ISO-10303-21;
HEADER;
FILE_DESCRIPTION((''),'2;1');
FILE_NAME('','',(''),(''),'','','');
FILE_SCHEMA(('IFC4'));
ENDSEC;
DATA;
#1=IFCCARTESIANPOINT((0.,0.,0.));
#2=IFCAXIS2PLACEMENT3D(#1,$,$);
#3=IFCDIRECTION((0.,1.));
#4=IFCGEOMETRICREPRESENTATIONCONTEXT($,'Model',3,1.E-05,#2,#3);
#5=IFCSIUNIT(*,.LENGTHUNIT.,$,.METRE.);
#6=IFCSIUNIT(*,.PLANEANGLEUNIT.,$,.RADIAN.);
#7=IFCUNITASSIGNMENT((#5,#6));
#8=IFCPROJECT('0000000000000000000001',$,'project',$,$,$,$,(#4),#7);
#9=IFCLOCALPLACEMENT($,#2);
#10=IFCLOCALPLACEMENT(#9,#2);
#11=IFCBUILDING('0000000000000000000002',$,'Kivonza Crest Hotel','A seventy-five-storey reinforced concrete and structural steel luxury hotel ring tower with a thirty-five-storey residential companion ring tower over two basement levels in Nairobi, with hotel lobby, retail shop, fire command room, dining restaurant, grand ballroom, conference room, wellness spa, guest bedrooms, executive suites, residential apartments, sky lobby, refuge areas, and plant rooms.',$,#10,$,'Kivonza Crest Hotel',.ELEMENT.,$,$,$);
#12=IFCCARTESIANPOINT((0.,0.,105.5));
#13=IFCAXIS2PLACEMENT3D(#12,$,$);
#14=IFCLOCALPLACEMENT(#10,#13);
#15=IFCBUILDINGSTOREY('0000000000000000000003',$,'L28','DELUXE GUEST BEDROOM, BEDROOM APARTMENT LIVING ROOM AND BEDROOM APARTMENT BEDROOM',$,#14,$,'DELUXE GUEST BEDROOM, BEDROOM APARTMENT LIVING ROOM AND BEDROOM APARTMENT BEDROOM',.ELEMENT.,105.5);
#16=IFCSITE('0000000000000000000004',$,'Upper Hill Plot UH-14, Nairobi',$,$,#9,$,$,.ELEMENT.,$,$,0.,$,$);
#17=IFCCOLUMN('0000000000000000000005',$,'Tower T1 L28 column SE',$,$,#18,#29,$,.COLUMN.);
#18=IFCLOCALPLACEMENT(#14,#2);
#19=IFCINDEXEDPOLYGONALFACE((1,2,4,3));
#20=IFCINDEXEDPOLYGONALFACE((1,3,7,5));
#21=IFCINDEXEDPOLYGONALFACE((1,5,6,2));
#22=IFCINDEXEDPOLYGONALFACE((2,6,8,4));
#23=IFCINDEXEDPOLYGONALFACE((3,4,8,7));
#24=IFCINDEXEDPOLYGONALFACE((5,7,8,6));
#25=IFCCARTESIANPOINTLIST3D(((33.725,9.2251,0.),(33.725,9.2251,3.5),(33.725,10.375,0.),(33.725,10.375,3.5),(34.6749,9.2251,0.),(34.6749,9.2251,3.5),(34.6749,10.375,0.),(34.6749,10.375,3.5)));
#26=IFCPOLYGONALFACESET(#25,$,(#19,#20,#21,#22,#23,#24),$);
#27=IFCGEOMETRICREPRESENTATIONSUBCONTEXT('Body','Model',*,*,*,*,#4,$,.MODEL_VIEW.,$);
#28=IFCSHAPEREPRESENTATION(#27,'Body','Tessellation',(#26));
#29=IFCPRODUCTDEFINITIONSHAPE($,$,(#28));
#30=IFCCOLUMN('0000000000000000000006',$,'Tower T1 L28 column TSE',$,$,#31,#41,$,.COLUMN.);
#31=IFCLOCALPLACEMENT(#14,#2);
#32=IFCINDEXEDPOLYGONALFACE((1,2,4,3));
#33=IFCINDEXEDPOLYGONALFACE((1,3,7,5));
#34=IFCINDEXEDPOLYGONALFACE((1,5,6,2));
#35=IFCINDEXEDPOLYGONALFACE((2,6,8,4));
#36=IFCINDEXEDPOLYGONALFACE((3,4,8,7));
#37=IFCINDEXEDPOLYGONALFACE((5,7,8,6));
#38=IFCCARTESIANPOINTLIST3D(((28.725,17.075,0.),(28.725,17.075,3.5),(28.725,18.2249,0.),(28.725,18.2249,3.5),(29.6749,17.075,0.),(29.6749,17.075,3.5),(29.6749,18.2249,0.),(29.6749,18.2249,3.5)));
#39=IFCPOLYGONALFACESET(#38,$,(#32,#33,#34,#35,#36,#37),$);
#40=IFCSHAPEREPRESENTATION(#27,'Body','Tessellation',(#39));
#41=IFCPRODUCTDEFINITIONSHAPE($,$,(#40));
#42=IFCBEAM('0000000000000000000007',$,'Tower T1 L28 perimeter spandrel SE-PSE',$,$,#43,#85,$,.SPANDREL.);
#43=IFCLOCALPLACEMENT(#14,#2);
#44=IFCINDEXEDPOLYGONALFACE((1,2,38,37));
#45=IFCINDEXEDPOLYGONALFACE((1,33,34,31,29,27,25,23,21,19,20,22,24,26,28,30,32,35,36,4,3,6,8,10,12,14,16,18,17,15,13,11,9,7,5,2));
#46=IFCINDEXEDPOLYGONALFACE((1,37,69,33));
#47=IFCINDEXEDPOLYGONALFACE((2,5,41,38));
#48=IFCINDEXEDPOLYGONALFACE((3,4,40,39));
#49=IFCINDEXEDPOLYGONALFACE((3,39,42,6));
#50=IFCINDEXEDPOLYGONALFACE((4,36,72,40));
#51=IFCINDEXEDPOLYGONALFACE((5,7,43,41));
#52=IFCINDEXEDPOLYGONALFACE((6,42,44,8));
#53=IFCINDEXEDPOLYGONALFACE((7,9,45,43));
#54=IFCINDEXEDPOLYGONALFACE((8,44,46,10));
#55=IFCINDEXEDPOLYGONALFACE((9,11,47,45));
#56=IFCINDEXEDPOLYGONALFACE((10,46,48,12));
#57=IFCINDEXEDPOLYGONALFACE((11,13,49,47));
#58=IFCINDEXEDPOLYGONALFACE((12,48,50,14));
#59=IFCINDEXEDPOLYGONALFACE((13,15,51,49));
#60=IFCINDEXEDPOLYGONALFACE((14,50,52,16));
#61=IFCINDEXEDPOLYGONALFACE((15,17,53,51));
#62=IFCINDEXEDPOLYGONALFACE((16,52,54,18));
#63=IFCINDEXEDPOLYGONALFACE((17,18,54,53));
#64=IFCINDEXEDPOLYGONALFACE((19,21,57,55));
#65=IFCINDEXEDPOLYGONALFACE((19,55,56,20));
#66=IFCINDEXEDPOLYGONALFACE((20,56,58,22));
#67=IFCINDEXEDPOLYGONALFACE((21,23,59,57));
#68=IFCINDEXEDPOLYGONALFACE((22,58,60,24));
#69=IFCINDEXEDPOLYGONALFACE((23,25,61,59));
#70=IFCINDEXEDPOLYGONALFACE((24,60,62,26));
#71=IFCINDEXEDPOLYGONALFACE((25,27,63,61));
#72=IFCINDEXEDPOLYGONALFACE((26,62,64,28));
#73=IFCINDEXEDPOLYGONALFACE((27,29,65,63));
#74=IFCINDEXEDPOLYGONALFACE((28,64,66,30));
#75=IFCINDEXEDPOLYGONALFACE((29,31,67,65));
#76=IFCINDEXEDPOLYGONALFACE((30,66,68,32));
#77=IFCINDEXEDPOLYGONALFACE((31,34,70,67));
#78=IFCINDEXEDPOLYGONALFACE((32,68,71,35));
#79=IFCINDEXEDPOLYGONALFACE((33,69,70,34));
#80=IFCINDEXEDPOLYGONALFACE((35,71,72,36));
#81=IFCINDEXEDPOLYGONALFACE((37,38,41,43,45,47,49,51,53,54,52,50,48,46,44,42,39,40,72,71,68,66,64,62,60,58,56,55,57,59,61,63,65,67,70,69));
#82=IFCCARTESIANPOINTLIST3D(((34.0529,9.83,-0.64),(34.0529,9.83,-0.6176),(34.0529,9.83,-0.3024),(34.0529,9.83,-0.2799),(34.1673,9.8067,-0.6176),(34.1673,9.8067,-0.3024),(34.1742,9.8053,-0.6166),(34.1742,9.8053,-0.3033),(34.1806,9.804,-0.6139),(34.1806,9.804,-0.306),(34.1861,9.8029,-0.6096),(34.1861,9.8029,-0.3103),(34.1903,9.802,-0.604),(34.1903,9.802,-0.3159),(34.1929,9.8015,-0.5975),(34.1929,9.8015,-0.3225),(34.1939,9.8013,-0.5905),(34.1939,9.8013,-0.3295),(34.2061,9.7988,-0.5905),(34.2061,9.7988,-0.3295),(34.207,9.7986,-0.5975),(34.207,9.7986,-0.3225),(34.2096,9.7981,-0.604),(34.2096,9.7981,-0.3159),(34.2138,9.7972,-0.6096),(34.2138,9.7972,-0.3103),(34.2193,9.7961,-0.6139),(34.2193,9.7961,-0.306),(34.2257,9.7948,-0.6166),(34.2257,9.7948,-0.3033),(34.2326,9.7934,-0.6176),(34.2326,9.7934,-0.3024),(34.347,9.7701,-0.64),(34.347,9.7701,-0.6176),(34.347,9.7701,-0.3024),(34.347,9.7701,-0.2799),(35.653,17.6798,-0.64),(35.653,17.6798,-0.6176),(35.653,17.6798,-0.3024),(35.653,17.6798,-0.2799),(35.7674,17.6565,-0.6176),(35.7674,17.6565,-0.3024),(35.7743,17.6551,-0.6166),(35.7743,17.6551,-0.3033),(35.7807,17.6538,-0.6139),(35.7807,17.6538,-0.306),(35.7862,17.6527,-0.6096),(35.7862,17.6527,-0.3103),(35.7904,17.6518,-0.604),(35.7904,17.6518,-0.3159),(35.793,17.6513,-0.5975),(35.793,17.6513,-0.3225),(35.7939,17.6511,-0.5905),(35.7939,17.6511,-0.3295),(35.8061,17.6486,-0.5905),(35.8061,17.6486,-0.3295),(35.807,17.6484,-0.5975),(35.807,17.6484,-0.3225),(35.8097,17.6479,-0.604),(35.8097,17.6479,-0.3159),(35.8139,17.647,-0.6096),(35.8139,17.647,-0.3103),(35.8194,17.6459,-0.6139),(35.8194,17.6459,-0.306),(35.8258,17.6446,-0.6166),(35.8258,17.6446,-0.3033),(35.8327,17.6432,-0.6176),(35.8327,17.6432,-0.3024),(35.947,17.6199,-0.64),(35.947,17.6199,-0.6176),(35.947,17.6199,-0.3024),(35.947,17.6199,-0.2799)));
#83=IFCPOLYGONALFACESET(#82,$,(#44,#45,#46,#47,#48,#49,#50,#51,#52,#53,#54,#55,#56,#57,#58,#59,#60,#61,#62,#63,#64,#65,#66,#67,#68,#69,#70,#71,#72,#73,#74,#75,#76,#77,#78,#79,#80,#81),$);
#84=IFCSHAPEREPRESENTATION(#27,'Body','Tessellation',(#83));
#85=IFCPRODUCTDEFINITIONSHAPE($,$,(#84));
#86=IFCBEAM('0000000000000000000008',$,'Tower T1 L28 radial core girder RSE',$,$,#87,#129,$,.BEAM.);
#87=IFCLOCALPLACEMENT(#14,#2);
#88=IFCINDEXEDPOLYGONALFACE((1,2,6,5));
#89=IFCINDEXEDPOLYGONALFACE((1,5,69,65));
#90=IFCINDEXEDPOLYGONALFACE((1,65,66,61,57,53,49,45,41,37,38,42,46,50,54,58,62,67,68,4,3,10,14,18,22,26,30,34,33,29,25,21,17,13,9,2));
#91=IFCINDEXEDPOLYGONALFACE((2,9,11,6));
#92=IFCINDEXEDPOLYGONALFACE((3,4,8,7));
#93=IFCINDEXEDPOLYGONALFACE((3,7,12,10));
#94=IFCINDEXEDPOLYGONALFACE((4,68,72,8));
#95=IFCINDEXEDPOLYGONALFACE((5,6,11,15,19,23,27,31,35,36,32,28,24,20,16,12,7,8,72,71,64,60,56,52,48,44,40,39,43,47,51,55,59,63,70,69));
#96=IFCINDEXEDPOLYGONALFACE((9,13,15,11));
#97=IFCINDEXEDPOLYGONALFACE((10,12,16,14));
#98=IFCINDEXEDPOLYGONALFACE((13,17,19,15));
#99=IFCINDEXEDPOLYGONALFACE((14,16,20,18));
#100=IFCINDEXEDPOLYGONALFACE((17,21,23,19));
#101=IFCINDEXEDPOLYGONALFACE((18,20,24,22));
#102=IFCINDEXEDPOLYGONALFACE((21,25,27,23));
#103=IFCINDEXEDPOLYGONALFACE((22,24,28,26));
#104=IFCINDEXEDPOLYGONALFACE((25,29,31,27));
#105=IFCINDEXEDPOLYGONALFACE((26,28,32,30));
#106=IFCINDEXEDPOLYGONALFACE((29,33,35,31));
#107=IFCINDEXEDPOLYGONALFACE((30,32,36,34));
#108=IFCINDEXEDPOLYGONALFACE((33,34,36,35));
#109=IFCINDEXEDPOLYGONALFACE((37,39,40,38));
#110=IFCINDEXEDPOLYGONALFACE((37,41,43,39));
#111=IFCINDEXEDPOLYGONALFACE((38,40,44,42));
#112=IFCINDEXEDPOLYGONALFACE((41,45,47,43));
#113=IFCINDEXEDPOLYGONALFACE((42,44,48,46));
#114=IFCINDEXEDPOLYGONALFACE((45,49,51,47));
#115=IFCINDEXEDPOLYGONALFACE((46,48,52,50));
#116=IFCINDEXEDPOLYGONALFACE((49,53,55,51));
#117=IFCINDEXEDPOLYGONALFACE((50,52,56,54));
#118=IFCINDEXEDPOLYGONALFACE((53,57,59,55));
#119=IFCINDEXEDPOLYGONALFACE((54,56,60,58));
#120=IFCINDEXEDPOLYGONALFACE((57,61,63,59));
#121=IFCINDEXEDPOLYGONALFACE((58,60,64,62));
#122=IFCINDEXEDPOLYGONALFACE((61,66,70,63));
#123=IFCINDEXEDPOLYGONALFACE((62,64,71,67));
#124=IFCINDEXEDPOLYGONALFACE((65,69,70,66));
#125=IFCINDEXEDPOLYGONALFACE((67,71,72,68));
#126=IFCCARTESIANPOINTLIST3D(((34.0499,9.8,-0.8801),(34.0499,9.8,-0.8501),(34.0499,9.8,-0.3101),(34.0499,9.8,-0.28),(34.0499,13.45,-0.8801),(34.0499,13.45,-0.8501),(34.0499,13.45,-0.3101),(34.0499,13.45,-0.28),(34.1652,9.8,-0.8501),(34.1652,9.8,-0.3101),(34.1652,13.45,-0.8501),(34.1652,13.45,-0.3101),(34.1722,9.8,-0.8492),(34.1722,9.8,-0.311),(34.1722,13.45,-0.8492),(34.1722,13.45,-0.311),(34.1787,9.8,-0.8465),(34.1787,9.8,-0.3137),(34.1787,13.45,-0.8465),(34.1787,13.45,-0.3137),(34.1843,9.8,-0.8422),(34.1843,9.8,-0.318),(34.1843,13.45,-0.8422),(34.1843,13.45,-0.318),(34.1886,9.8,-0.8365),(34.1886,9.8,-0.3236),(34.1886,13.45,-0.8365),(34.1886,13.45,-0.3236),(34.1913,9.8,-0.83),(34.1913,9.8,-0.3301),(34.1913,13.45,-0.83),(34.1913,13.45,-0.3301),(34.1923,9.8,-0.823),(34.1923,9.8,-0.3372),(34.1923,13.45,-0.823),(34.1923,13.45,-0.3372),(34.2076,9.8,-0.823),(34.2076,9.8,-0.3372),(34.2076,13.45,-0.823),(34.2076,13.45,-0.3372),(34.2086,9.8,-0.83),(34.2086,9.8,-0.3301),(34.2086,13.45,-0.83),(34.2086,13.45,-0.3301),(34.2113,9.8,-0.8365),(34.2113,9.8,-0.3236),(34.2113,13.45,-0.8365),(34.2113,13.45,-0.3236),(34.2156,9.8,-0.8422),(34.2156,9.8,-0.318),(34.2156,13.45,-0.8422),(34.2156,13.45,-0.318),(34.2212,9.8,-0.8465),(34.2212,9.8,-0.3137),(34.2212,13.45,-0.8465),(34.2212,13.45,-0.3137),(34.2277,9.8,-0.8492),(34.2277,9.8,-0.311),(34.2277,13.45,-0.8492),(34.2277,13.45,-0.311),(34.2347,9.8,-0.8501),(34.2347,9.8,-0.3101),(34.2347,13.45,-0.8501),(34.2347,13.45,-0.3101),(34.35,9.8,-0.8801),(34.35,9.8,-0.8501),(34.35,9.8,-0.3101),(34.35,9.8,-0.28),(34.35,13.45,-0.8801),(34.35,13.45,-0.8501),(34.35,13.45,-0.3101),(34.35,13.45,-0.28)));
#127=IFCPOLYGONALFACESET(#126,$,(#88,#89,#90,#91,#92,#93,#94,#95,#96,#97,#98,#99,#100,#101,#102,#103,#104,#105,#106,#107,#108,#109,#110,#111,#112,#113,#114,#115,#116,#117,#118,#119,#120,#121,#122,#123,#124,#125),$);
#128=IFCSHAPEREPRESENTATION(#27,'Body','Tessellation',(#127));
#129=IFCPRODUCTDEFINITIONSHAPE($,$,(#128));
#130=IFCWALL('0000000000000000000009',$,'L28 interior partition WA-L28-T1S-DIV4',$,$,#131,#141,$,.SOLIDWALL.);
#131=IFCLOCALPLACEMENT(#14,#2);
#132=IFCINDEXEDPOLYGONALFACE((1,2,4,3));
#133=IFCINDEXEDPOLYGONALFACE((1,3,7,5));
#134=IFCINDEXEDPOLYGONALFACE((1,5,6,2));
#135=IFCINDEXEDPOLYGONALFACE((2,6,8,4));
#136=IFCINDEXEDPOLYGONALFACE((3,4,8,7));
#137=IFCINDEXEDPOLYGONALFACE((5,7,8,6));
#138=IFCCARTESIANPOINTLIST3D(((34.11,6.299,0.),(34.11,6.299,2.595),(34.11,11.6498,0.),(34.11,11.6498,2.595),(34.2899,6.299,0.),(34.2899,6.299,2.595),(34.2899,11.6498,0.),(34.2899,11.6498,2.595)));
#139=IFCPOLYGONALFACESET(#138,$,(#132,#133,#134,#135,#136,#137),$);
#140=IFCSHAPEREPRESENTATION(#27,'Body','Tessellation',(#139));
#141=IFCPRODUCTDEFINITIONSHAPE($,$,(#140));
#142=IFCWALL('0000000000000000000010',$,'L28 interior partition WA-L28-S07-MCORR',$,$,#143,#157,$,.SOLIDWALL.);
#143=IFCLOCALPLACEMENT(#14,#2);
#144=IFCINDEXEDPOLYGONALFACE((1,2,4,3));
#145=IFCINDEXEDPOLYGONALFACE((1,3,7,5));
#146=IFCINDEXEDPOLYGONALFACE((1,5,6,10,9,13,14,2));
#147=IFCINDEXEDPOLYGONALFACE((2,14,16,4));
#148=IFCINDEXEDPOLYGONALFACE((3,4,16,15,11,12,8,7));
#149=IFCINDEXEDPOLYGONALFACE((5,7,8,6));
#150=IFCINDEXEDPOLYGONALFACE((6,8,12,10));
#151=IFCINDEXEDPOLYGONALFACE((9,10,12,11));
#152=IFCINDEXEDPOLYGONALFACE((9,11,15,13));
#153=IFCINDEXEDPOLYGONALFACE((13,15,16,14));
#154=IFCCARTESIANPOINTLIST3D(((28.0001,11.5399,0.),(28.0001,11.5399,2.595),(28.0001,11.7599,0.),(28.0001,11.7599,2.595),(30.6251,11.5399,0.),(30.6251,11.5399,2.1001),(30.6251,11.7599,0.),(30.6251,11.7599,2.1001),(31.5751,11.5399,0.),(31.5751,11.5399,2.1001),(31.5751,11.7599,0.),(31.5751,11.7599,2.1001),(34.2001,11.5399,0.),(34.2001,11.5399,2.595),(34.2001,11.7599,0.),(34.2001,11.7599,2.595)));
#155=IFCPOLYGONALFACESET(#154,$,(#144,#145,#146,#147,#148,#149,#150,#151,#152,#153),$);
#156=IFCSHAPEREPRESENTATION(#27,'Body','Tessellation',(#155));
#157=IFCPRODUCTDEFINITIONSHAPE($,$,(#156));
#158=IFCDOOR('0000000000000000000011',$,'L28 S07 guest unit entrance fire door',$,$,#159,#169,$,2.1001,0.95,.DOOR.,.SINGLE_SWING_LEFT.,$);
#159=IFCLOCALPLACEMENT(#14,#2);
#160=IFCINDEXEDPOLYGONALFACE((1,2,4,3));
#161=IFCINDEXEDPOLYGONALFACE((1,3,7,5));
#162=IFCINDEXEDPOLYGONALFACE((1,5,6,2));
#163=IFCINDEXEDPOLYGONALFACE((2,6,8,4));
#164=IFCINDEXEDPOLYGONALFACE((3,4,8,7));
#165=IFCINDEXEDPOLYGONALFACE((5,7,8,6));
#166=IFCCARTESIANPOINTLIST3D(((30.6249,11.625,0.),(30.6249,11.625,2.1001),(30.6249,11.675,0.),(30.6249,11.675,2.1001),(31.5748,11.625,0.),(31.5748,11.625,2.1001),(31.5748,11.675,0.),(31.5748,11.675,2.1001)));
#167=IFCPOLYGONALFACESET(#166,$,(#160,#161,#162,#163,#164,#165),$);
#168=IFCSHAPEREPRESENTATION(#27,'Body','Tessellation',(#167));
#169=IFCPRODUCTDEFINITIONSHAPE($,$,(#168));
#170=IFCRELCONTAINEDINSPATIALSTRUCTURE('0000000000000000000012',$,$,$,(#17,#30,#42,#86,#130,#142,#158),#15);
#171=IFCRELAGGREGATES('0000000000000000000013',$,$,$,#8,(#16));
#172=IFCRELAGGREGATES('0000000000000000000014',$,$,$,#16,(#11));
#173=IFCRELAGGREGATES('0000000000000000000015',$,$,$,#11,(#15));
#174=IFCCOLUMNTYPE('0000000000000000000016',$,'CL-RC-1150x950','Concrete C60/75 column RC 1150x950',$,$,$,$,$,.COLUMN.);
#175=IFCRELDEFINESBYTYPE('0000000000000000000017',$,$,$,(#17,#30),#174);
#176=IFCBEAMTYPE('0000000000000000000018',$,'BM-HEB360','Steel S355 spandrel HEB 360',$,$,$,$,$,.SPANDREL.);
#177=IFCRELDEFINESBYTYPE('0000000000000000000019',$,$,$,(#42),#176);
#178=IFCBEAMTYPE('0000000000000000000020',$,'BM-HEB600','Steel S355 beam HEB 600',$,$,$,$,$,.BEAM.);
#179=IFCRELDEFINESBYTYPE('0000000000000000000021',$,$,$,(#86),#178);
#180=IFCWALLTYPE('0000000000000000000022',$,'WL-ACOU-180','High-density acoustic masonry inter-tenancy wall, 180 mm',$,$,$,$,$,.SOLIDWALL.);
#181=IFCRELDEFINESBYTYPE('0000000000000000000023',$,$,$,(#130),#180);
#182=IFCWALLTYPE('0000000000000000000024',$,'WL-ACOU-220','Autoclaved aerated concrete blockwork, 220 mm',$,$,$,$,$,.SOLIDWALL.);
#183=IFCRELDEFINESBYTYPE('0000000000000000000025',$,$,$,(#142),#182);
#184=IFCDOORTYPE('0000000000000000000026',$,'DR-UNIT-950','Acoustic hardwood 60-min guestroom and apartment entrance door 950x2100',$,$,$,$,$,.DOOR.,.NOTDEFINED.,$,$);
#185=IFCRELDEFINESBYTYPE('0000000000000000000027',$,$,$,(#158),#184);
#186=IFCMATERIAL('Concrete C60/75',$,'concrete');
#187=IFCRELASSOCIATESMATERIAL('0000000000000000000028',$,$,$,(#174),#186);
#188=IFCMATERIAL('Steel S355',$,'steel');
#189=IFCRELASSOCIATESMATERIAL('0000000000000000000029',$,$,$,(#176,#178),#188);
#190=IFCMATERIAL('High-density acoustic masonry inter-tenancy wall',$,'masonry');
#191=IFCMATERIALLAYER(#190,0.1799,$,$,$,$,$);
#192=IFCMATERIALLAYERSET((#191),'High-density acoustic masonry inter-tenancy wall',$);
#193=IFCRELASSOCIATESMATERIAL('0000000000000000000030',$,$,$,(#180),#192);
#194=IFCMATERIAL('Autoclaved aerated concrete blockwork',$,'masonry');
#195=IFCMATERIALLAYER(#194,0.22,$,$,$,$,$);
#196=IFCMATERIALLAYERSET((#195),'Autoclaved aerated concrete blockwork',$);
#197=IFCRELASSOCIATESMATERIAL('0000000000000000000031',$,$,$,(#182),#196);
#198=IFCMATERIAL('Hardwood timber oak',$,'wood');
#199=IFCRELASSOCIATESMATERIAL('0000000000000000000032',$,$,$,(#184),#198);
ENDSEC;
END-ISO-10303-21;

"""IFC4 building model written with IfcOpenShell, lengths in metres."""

from ifc_helpers import new_model, si_unit, direction, frame, frame_2d, origin, origin_2d, place, context, subcontext, project, spatial, rectangle, i_section, extrude, material, layer, layer_set, material_profile, profile_set, type_object, element, fill, save


model = new_model("IFC4")

# Units and contexts
model_context = context("Model", 3, precision=1e-05, world=origin(), true_north=direction((0.0, 1.0)))
body_context = subcontext(model_context, "Body", "Model", "MODEL_VIEW")
ifc_project = project(units=[si_unit("LENGTHUNIT", "METRE"), si_unit("PLANEANGLEUNIT", "RADIAN")], contexts=[model_context])

# Site, building, storey
site_placement = place(None, origin())
site = spatial("IfcSite", under=ifc_project, at=site_placement, Name="Upper Hill Plot UH-14, Nairobi", CompositionType="ELEMENT", RefElevation=0.0)
building_placement = place(site_placement, origin())
building = spatial("IfcBuilding", under=site, at=building_placement, Name="Kivonza Crest Hotel", Description="A seventy-five-storey reinforced concrete and structural steel luxury hotel ring tower with a thirty-five-storey residential companion ring tower over two basement levels in Nairobi, with hotel lobby, retail shop, fire command room, dining restaurant, grand ballroom, conference room, wellness spa, guest bedrooms, executive suites, residential apartments, sky lobby, refuge areas, and plant rooms.", LongName="Kivonza Crest Hotel", CompositionType="ELEMENT")
storey_placement = place(building_placement, frame((0.0, 0.0, 105.5)))
storey = spatial("IfcBuildingStorey", under=building, at=storey_placement, Name="L28", Description="DELUXE GUEST BEDROOM, BEDROOM APARTMENT LIVING ROOM AND BEDROOM APARTMENT BEDROOM", LongName="DELUXE GUEST BEDROOM, BEDROOM APARTMENT LIVING ROOM AND BEDROOM APARTMENT BEDROOM", CompositionType="ELEMENT", Elevation=105.5)

# Columns
ifc_material_1 = material(Name="Concrete C60/75", Category="concrete")
ifc_material_profile_1 = material_profile(ifc_material_1, rectangle(XDim=0.95, YDim=1.1499, at=origin_2d()), Name="RC 1150x950")
ifc_profile_set_1 = profile_set([ifc_material_profile_1], Name="Concrete C60/75")
column_type = type_object("IfcColumnType", Name="CL-RC-1150x950", Description="Concrete C60/75 column RC 1150x950", PredefinedType="COLUMN", material=ifc_profile_set_1)
for number, where, z_axis, x_axis, name in (
    (1, (34.2, 9.8, 0.0), (0.0, 0.0, 1.0), (1.0, 0.0, 0.0), "Tower T1 L28 column SE"),
    (2, (29.2, 17.6499, 0.0), (0.0, 0.0, 1.0), (1.0, 0.0, 0.0), "Tower T1 L28 column TSE"),
):
    element("IfcColumn", number, at=place(storey_placement, frame(where, z_axis=z_axis, x_axis=x_axis)), inside=storey, type_object=column_type, Name=name, PredefinedType="COLUMN", context=body_context, shape_type="SweptSolid", body=[
        extrude(rectangle(XDim=0.95, YDim=1.1499, at=origin_2d()), origin(), (0.0, 0.0, 1.0), 3.5),
    ])

# Beams
ifc_material_2 = material(Name="Steel S355", Category="steel")
ifc_material_profile_2 = material_profile(ifc_material_2, i_section(OverallWidth=0.3, OverallDepth=0.3601, WebThickness=0.0125, FlangeThickness=0.0225, FilletRadius=0.0271, at=origin_2d()), Name="HEB 360")
ifc_profile_set_2 = profile_set([ifc_material_profile_2], Name="Steel S355")
beam_type_1 = type_object("IfcBeamType", Name="BM-HEB360", Description="Steel S355 spandrel HEB 360", PredefinedType="SPANDREL", material=ifc_profile_set_2)
beam_1_placement = place(storey_placement, frame((34.2, 9.8, -0.46), z_axis=(0.199731, 0.979851, 0.0), x_axis=(-0.979851, 0.199731, 0.0)))
element("IfcBeam", 3, at=beam_1_placement, inside=storey, type_object=beam_type_1, Name="Tower T1 L28 perimeter spandrel SE-PSE", PredefinedType="SPANDREL", context=body_context, shape_type="SweptSolid", body=[
    extrude(i_section(OverallWidth=0.3, OverallDepth=0.3601, WebThickness=0.0125, FlangeThickness=0.0225, FilletRadius=0.0271, at=origin_2d()), origin(), (0.0, 0.0, 1.0), 8.0112),
])
ifc_material_profile_3 = material_profile(ifc_material_2, i_section(OverallWidth=0.3, OverallDepth=0.6001, WebThickness=0.0154, FlangeThickness=0.03, FilletRadius=0.0271, at=origin_2d()), Name="HEB 600")
ifc_profile_set_3 = profile_set([ifc_material_profile_3], Name="Steel S355")
beam_type_2 = type_object("IfcBeamType", Name="BM-HEB600", Description="Steel S355 beam HEB 600", PredefinedType="BEAM", material=ifc_profile_set_3)
beam_2_placement = place(storey_placement, frame((34.2, 9.8, -0.5801), z_axis=(0.0, 1.0, 0.0), x_axis=(-1.0, 0.0, 0.0)))
element("IfcBeam", 4, at=beam_2_placement, inside=storey, type_object=beam_type_2, Name="Tower T1 L28 radial core girder RSE", PredefinedType="BEAM", context=body_context, shape_type="SweptSolid", body=[
    extrude(i_section(OverallWidth=0.3, OverallDepth=0.6001, WebThickness=0.0154, FlangeThickness=0.03, FilletRadius=0.0271, at=origin_2d()), origin(), (0.0, 0.0, 1.0), 3.6499),
])

# Wall
ifc_material_3 = material(Name="High-density acoustic masonry inter-tenancy wall", Category="masonry")
ifc_layer_1 = layer(ifc_material_3, 0.1799)
ifc_layer_set_1 = layer_set([ifc_layer_1], Name="High-density acoustic masonry inter-tenancy wall")
wall_type_1 = type_object("IfcWallType", Name="WL-ACOU-180", Description="High-density acoustic masonry inter-tenancy wall, 180 mm", PredefinedType="SOLIDWALL", material=ifc_layer_set_1)
wall_1_placement = place(storey_placement, frame((34.2, 6.2991, 0.0), z_axis=(0.0, 0.0, 1.0), x_axis=(0.0, 1.0, 0.0)))
element("IfcWall", 5, at=wall_1_placement, inside=storey, type_object=wall_type_1, Name="L28 interior partition WA-L28-T1S-DIV4", PredefinedType="SOLIDWALL", context=body_context, shape_type="SweptSolid", body=[
    extrude(rectangle(XDim=5.3508, YDim=0.1799, at=frame_2d((2.6753, 0.0))), origin(), (0.0, 0.0, 1.0), 2.595),
])

# Wall, opening, door
ifc_material_4 = material(Name="Autoclaved aerated concrete blockwork", Category="masonry")
ifc_layer_2 = layer(ifc_material_4, 0.22)
ifc_layer_set_2 = layer_set([ifc_layer_2], Name="Autoclaved aerated concrete blockwork")
wall_type_2 = type_object("IfcWallType", Name="WL-ACOU-220", Description="Autoclaved aerated concrete blockwork, 220 mm", PredefinedType="SOLIDWALL", material=ifc_layer_set_2)
wall_2_placement = place(storey_placement, frame((28.0, 11.6499, 0.0), z_axis=(0.0, 0.0, 1.0), x_axis=(1.0, 0.0, 0.0)))
wall_2 = element("IfcWall", 6, at=wall_2_placement, inside=storey, type_object=wall_type_2, Name="L28 interior partition WA-L28-S07-MCORR", PredefinedType="SOLIDWALL", context=body_context, shape_type="SweptSolid", body=[
    extrude(rectangle(XDim=6.2, YDim=0.22, at=frame_2d((3.1001, 0.0))), origin(), (0.0, 0.0, 1.0), 2.595),
])
opening_1_placement = place(wall_2_placement, frame((2.625, 0.0, 0.0)))
opening_1 = element("IfcOpeningElement", 7, at=opening_1_placement, cuts=wall_2, PredefinedType="OPENING", context=body_context, shape_type="SweptSolid", body=[
    extrude(rectangle(XDim=0.95, YDim=2.1001, at=frame_2d((0.4751, 1.05))), frame((0.0, 0.1201, 0.0), z_axis=(0.0, -1.0, 0.0), x_axis=(1.0, 0.0, 0.0)), (0.0, 0.0, 1.0), 0.24),
])
ifc_material_5 = material(Name="Hardwood timber oak", Category="wood")
door_type_1 = type_object("IfcDoorType", Name="DR-UNIT-950", Description="Acoustic hardwood 60-min guestroom and apartment entrance door 950x2100", OperationType="NOTDEFINED", PredefinedType="DOOR", material=ifc_material_5)
door_1_placement = place(opening_1_placement, frame((0.95, 0.0, 0.0), z_axis=(0.0, 0.0, 1.0), x_axis=(-1.0, 0.0, 0.0)))
door_1 = element("IfcDoor", 8, at=door_1_placement, inside=storey, type_object=door_type_1, Name="L28 S07 guest unit entrance fire door", OperationType="SINGLE_SWING_LEFT", OverallHeight=2.1001, OverallWidth=0.95, PredefinedType="DOOR", context=body_context, shape_type="SweptSolid", body=[
    extrude(rectangle(XDim=0.95, YDim=2.1001, at=frame_2d((0.4751, 1.05))), frame((0.0, 0.0249, 0.0), z_axis=(0.0, -1.0, 0.0), x_axis=(1.0, 0.0, 0.0)), (0.0, 0.0, 1.0), 0.05),
])
fill(opening_1, door_1)

save(model, "model.ifc")
